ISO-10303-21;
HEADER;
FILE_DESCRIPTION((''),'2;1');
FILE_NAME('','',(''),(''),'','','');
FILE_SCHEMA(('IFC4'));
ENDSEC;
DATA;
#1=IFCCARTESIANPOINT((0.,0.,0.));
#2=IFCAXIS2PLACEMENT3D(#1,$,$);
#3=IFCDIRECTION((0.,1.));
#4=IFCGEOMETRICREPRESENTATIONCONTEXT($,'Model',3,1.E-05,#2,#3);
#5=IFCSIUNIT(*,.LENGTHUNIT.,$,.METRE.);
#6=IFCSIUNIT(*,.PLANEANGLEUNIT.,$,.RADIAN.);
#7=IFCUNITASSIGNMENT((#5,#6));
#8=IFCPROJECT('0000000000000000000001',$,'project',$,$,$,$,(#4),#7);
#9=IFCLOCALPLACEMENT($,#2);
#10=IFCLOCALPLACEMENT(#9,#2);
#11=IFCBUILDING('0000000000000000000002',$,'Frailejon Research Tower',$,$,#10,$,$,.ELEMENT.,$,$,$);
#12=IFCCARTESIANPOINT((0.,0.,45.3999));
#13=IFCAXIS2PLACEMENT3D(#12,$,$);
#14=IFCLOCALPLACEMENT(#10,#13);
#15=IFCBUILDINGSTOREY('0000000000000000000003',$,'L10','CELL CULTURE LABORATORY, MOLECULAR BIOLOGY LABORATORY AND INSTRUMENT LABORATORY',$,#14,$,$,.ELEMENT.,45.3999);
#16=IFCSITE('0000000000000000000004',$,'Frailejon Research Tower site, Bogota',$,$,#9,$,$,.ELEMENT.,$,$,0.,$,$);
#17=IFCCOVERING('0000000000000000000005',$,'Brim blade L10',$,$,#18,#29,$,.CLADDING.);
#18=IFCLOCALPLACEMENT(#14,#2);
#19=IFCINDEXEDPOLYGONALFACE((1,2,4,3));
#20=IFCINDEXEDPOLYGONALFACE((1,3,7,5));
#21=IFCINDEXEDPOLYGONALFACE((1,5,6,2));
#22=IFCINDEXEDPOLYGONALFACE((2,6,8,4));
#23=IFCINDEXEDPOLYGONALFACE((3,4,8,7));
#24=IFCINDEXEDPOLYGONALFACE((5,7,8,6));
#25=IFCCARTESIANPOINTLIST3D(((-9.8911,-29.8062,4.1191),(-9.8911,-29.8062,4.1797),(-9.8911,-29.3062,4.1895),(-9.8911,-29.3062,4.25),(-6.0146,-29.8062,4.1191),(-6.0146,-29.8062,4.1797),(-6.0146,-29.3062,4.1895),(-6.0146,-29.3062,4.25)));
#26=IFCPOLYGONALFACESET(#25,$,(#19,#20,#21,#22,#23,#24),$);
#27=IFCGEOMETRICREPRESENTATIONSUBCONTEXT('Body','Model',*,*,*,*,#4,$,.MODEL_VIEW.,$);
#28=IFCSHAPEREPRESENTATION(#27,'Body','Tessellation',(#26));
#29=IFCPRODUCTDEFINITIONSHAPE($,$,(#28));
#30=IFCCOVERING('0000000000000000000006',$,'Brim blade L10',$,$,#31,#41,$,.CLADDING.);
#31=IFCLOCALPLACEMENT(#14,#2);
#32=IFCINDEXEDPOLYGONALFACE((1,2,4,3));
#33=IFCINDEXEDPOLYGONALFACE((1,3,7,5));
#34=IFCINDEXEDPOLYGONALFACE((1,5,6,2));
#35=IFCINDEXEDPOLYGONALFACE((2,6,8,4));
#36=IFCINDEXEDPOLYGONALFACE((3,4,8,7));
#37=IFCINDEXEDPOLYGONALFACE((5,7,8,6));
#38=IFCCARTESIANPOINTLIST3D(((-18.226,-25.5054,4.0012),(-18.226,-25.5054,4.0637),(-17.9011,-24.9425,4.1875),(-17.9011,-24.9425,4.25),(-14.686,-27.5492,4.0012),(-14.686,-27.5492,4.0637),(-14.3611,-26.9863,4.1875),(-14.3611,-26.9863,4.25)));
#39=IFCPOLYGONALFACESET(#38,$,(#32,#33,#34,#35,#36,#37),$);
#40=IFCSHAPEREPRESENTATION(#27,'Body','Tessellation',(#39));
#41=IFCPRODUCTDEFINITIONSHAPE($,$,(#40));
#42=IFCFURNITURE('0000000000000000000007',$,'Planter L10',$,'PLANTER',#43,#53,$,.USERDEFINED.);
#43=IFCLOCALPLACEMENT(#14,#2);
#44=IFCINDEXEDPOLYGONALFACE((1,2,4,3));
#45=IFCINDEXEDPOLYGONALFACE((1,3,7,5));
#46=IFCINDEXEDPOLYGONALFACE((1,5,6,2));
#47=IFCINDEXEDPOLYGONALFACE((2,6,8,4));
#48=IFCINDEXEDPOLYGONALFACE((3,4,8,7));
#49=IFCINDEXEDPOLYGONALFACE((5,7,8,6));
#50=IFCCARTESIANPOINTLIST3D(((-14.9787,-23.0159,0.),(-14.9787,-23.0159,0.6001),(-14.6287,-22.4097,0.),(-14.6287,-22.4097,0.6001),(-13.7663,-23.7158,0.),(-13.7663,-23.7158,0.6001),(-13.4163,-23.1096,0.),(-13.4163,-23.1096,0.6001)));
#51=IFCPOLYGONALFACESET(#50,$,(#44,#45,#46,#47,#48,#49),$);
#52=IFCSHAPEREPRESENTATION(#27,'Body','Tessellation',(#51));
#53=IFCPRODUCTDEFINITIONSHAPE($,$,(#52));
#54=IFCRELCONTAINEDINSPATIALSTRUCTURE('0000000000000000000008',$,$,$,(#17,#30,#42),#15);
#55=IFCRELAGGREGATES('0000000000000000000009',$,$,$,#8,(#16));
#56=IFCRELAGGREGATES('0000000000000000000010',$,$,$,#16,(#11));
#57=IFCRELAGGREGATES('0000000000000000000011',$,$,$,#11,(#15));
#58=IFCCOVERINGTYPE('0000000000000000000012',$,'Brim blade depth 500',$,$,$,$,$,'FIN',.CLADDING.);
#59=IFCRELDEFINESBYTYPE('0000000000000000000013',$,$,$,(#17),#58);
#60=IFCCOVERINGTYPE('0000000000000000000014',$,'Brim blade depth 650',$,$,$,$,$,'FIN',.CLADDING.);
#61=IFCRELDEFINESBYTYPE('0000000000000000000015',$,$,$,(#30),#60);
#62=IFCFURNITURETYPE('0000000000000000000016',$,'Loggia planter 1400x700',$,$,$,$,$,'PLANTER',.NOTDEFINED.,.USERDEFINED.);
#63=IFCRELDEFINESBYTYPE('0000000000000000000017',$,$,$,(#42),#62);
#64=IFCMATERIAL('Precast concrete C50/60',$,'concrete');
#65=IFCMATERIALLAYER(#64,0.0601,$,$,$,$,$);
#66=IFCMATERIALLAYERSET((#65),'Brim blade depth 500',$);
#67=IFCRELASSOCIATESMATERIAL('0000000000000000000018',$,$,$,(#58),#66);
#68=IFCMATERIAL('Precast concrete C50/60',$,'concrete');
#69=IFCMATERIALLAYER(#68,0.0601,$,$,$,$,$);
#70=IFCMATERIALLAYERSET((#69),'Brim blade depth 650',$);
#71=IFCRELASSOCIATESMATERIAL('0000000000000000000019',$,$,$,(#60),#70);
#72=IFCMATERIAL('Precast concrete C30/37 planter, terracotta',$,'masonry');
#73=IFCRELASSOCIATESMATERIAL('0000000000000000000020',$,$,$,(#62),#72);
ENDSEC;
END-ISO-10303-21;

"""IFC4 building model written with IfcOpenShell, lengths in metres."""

from ifc_helpers import new_model, si_unit, direction, frame, origin, origin_2d, place, context, subcontext, project, spatial, polyline, rectangle, outline, extrude, material, layer, layer_set, type_object, element, save


model = new_model("IFC4")

# Units and contexts
model_context = context("Model", 3, precision=1e-05, world=origin(), true_north=direction((0.0, 1.0)))
body_context = subcontext(model_context, "Body", "Model", "MODEL_VIEW")
ifc_project = project(units=[si_unit("LENGTHUNIT", "METRE"), si_unit("PLANEANGLEUNIT", "RADIAN")], contexts=[model_context])

# Site, building, storey
site_placement = place(None, origin())
site = spatial("IfcSite", under=ifc_project, at=site_placement, Name="Frailejon Research Tower site, Bogota", CompositionType="ELEMENT", RefElevation=0.0)
building_placement = place(site_placement, origin())
building = spatial("IfcBuilding", under=site, at=building_placement, Name="Frailejon Research Tower", CompositionType="ELEMENT")
storey_placement = place(building_placement, frame((0.0, 0.0, 45.3999)))
storey = spatial("IfcBuildingStorey", under=building, at=storey_placement, Name="L10", Description="CELL CULTURE LABORATORY, MOLECULAR BIOLOGY LABORATORY AND INSTRUMENT LABORATORY", CompositionType="ELEMENT", Elevation=45.3999)

# Coverings
ifc_material_1 = material(Name="Precast concrete C50/60", Category="concrete")
ifc_layer_1 = layer(ifc_material_1, 0.0601)
ifc_layer_set_1 = layer_set([ifc_layer_1], Name="Brim blade depth 500")
covering_type_1 = type_object("IfcCoveringType", Name="Brim blade depth 500", ElementType="FIN", PredefinedType="CLADDING", material=ifc_layer_set_1)
covering_1_placement = place(storey_placement, frame((-6.0146, -29.3062, 4.25), z_axis=(-1.0, 0.0, 0.0), x_axis=(0.0, -1.0, 0.0)))
element("IfcCovering", 1, at=covering_1_placement, inside=storey, type_object=covering_type_1, Name="Brim blade L10", PredefinedType="CLADDING", context=body_context, shape_type="SweptSolid", body=[
    extrude(outline(polyline([(0.0, -0.0605), (0.5, -0.1309), (0.5, -0.0703), (0.0, 0.0), (0.0, -0.0605)])), origin(), (0.0, 0.0, 1.0), 3.8765),
])
ifc_material_2 = material(Name="Precast concrete C50/60", Category="concrete")
ifc_layer_2 = layer(ifc_material_2, 0.0601)
ifc_layer_set_2 = layer_set([ifc_layer_2], Name="Brim blade depth 650")
covering_type_2 = type_object("IfcCoveringType", Name="Brim blade depth 650", ElementType="FIN", PredefinedType="CLADDING", material=ifc_layer_set_2)
covering_2_placement = place(storey_placement, frame((-14.3611, -26.9863, 4.25), z_axis=(-0.866027, 0.499997, 0.0), x_axis=(-0.499997, -0.866027, 0.0)))
element("IfcCovering", 2, at=covering_2_placement, inside=storey, type_object=covering_type_2, Name="Brim blade L10", PredefinedType="CLADDING", context=body_context, shape_type="SweptSolid", body=[
    extrude(outline(polyline([(0.0, -0.0625), (0.6499, -0.2488), (0.6499, -0.1863), (0.0, 0.0), (0.0, -0.0625)])), origin(), (0.0, 0.0, 1.0), 4.0876),
])

# Furniture
ifc_material_3 = material(Name="Precast concrete C30/37 planter, terracotta", Category="masonry")
furniture_type = type_object("IfcFurnitureType", Name="Loggia planter 1400x700", ElementType="PLANTER", AssemblyPlace="NOTDEFINED", PredefinedType="USERDEFINED", material=ifc_material_3)
furniture_placement = place(storey_placement, frame((-14.1975, -23.0627, 0.0), z_axis=(0.0, 0.0, 1.0), x_axis=(0.866025, -0.5, 0.0)))
element("IfcFurniture", 3, at=furniture_placement, inside=storey, type_object=furniture_type, Name="Planter L10", ObjectType="PLANTER", PredefinedType="USERDEFINED", context=body_context, shape_type="SweptSolid", body=[
    extrude(rectangle(XDim=1.3999, YDim=0.7, at=origin_2d()), origin(), (0.0, 0.0, 1.0), 0.6001),
])

save(model, "model.ifc")
